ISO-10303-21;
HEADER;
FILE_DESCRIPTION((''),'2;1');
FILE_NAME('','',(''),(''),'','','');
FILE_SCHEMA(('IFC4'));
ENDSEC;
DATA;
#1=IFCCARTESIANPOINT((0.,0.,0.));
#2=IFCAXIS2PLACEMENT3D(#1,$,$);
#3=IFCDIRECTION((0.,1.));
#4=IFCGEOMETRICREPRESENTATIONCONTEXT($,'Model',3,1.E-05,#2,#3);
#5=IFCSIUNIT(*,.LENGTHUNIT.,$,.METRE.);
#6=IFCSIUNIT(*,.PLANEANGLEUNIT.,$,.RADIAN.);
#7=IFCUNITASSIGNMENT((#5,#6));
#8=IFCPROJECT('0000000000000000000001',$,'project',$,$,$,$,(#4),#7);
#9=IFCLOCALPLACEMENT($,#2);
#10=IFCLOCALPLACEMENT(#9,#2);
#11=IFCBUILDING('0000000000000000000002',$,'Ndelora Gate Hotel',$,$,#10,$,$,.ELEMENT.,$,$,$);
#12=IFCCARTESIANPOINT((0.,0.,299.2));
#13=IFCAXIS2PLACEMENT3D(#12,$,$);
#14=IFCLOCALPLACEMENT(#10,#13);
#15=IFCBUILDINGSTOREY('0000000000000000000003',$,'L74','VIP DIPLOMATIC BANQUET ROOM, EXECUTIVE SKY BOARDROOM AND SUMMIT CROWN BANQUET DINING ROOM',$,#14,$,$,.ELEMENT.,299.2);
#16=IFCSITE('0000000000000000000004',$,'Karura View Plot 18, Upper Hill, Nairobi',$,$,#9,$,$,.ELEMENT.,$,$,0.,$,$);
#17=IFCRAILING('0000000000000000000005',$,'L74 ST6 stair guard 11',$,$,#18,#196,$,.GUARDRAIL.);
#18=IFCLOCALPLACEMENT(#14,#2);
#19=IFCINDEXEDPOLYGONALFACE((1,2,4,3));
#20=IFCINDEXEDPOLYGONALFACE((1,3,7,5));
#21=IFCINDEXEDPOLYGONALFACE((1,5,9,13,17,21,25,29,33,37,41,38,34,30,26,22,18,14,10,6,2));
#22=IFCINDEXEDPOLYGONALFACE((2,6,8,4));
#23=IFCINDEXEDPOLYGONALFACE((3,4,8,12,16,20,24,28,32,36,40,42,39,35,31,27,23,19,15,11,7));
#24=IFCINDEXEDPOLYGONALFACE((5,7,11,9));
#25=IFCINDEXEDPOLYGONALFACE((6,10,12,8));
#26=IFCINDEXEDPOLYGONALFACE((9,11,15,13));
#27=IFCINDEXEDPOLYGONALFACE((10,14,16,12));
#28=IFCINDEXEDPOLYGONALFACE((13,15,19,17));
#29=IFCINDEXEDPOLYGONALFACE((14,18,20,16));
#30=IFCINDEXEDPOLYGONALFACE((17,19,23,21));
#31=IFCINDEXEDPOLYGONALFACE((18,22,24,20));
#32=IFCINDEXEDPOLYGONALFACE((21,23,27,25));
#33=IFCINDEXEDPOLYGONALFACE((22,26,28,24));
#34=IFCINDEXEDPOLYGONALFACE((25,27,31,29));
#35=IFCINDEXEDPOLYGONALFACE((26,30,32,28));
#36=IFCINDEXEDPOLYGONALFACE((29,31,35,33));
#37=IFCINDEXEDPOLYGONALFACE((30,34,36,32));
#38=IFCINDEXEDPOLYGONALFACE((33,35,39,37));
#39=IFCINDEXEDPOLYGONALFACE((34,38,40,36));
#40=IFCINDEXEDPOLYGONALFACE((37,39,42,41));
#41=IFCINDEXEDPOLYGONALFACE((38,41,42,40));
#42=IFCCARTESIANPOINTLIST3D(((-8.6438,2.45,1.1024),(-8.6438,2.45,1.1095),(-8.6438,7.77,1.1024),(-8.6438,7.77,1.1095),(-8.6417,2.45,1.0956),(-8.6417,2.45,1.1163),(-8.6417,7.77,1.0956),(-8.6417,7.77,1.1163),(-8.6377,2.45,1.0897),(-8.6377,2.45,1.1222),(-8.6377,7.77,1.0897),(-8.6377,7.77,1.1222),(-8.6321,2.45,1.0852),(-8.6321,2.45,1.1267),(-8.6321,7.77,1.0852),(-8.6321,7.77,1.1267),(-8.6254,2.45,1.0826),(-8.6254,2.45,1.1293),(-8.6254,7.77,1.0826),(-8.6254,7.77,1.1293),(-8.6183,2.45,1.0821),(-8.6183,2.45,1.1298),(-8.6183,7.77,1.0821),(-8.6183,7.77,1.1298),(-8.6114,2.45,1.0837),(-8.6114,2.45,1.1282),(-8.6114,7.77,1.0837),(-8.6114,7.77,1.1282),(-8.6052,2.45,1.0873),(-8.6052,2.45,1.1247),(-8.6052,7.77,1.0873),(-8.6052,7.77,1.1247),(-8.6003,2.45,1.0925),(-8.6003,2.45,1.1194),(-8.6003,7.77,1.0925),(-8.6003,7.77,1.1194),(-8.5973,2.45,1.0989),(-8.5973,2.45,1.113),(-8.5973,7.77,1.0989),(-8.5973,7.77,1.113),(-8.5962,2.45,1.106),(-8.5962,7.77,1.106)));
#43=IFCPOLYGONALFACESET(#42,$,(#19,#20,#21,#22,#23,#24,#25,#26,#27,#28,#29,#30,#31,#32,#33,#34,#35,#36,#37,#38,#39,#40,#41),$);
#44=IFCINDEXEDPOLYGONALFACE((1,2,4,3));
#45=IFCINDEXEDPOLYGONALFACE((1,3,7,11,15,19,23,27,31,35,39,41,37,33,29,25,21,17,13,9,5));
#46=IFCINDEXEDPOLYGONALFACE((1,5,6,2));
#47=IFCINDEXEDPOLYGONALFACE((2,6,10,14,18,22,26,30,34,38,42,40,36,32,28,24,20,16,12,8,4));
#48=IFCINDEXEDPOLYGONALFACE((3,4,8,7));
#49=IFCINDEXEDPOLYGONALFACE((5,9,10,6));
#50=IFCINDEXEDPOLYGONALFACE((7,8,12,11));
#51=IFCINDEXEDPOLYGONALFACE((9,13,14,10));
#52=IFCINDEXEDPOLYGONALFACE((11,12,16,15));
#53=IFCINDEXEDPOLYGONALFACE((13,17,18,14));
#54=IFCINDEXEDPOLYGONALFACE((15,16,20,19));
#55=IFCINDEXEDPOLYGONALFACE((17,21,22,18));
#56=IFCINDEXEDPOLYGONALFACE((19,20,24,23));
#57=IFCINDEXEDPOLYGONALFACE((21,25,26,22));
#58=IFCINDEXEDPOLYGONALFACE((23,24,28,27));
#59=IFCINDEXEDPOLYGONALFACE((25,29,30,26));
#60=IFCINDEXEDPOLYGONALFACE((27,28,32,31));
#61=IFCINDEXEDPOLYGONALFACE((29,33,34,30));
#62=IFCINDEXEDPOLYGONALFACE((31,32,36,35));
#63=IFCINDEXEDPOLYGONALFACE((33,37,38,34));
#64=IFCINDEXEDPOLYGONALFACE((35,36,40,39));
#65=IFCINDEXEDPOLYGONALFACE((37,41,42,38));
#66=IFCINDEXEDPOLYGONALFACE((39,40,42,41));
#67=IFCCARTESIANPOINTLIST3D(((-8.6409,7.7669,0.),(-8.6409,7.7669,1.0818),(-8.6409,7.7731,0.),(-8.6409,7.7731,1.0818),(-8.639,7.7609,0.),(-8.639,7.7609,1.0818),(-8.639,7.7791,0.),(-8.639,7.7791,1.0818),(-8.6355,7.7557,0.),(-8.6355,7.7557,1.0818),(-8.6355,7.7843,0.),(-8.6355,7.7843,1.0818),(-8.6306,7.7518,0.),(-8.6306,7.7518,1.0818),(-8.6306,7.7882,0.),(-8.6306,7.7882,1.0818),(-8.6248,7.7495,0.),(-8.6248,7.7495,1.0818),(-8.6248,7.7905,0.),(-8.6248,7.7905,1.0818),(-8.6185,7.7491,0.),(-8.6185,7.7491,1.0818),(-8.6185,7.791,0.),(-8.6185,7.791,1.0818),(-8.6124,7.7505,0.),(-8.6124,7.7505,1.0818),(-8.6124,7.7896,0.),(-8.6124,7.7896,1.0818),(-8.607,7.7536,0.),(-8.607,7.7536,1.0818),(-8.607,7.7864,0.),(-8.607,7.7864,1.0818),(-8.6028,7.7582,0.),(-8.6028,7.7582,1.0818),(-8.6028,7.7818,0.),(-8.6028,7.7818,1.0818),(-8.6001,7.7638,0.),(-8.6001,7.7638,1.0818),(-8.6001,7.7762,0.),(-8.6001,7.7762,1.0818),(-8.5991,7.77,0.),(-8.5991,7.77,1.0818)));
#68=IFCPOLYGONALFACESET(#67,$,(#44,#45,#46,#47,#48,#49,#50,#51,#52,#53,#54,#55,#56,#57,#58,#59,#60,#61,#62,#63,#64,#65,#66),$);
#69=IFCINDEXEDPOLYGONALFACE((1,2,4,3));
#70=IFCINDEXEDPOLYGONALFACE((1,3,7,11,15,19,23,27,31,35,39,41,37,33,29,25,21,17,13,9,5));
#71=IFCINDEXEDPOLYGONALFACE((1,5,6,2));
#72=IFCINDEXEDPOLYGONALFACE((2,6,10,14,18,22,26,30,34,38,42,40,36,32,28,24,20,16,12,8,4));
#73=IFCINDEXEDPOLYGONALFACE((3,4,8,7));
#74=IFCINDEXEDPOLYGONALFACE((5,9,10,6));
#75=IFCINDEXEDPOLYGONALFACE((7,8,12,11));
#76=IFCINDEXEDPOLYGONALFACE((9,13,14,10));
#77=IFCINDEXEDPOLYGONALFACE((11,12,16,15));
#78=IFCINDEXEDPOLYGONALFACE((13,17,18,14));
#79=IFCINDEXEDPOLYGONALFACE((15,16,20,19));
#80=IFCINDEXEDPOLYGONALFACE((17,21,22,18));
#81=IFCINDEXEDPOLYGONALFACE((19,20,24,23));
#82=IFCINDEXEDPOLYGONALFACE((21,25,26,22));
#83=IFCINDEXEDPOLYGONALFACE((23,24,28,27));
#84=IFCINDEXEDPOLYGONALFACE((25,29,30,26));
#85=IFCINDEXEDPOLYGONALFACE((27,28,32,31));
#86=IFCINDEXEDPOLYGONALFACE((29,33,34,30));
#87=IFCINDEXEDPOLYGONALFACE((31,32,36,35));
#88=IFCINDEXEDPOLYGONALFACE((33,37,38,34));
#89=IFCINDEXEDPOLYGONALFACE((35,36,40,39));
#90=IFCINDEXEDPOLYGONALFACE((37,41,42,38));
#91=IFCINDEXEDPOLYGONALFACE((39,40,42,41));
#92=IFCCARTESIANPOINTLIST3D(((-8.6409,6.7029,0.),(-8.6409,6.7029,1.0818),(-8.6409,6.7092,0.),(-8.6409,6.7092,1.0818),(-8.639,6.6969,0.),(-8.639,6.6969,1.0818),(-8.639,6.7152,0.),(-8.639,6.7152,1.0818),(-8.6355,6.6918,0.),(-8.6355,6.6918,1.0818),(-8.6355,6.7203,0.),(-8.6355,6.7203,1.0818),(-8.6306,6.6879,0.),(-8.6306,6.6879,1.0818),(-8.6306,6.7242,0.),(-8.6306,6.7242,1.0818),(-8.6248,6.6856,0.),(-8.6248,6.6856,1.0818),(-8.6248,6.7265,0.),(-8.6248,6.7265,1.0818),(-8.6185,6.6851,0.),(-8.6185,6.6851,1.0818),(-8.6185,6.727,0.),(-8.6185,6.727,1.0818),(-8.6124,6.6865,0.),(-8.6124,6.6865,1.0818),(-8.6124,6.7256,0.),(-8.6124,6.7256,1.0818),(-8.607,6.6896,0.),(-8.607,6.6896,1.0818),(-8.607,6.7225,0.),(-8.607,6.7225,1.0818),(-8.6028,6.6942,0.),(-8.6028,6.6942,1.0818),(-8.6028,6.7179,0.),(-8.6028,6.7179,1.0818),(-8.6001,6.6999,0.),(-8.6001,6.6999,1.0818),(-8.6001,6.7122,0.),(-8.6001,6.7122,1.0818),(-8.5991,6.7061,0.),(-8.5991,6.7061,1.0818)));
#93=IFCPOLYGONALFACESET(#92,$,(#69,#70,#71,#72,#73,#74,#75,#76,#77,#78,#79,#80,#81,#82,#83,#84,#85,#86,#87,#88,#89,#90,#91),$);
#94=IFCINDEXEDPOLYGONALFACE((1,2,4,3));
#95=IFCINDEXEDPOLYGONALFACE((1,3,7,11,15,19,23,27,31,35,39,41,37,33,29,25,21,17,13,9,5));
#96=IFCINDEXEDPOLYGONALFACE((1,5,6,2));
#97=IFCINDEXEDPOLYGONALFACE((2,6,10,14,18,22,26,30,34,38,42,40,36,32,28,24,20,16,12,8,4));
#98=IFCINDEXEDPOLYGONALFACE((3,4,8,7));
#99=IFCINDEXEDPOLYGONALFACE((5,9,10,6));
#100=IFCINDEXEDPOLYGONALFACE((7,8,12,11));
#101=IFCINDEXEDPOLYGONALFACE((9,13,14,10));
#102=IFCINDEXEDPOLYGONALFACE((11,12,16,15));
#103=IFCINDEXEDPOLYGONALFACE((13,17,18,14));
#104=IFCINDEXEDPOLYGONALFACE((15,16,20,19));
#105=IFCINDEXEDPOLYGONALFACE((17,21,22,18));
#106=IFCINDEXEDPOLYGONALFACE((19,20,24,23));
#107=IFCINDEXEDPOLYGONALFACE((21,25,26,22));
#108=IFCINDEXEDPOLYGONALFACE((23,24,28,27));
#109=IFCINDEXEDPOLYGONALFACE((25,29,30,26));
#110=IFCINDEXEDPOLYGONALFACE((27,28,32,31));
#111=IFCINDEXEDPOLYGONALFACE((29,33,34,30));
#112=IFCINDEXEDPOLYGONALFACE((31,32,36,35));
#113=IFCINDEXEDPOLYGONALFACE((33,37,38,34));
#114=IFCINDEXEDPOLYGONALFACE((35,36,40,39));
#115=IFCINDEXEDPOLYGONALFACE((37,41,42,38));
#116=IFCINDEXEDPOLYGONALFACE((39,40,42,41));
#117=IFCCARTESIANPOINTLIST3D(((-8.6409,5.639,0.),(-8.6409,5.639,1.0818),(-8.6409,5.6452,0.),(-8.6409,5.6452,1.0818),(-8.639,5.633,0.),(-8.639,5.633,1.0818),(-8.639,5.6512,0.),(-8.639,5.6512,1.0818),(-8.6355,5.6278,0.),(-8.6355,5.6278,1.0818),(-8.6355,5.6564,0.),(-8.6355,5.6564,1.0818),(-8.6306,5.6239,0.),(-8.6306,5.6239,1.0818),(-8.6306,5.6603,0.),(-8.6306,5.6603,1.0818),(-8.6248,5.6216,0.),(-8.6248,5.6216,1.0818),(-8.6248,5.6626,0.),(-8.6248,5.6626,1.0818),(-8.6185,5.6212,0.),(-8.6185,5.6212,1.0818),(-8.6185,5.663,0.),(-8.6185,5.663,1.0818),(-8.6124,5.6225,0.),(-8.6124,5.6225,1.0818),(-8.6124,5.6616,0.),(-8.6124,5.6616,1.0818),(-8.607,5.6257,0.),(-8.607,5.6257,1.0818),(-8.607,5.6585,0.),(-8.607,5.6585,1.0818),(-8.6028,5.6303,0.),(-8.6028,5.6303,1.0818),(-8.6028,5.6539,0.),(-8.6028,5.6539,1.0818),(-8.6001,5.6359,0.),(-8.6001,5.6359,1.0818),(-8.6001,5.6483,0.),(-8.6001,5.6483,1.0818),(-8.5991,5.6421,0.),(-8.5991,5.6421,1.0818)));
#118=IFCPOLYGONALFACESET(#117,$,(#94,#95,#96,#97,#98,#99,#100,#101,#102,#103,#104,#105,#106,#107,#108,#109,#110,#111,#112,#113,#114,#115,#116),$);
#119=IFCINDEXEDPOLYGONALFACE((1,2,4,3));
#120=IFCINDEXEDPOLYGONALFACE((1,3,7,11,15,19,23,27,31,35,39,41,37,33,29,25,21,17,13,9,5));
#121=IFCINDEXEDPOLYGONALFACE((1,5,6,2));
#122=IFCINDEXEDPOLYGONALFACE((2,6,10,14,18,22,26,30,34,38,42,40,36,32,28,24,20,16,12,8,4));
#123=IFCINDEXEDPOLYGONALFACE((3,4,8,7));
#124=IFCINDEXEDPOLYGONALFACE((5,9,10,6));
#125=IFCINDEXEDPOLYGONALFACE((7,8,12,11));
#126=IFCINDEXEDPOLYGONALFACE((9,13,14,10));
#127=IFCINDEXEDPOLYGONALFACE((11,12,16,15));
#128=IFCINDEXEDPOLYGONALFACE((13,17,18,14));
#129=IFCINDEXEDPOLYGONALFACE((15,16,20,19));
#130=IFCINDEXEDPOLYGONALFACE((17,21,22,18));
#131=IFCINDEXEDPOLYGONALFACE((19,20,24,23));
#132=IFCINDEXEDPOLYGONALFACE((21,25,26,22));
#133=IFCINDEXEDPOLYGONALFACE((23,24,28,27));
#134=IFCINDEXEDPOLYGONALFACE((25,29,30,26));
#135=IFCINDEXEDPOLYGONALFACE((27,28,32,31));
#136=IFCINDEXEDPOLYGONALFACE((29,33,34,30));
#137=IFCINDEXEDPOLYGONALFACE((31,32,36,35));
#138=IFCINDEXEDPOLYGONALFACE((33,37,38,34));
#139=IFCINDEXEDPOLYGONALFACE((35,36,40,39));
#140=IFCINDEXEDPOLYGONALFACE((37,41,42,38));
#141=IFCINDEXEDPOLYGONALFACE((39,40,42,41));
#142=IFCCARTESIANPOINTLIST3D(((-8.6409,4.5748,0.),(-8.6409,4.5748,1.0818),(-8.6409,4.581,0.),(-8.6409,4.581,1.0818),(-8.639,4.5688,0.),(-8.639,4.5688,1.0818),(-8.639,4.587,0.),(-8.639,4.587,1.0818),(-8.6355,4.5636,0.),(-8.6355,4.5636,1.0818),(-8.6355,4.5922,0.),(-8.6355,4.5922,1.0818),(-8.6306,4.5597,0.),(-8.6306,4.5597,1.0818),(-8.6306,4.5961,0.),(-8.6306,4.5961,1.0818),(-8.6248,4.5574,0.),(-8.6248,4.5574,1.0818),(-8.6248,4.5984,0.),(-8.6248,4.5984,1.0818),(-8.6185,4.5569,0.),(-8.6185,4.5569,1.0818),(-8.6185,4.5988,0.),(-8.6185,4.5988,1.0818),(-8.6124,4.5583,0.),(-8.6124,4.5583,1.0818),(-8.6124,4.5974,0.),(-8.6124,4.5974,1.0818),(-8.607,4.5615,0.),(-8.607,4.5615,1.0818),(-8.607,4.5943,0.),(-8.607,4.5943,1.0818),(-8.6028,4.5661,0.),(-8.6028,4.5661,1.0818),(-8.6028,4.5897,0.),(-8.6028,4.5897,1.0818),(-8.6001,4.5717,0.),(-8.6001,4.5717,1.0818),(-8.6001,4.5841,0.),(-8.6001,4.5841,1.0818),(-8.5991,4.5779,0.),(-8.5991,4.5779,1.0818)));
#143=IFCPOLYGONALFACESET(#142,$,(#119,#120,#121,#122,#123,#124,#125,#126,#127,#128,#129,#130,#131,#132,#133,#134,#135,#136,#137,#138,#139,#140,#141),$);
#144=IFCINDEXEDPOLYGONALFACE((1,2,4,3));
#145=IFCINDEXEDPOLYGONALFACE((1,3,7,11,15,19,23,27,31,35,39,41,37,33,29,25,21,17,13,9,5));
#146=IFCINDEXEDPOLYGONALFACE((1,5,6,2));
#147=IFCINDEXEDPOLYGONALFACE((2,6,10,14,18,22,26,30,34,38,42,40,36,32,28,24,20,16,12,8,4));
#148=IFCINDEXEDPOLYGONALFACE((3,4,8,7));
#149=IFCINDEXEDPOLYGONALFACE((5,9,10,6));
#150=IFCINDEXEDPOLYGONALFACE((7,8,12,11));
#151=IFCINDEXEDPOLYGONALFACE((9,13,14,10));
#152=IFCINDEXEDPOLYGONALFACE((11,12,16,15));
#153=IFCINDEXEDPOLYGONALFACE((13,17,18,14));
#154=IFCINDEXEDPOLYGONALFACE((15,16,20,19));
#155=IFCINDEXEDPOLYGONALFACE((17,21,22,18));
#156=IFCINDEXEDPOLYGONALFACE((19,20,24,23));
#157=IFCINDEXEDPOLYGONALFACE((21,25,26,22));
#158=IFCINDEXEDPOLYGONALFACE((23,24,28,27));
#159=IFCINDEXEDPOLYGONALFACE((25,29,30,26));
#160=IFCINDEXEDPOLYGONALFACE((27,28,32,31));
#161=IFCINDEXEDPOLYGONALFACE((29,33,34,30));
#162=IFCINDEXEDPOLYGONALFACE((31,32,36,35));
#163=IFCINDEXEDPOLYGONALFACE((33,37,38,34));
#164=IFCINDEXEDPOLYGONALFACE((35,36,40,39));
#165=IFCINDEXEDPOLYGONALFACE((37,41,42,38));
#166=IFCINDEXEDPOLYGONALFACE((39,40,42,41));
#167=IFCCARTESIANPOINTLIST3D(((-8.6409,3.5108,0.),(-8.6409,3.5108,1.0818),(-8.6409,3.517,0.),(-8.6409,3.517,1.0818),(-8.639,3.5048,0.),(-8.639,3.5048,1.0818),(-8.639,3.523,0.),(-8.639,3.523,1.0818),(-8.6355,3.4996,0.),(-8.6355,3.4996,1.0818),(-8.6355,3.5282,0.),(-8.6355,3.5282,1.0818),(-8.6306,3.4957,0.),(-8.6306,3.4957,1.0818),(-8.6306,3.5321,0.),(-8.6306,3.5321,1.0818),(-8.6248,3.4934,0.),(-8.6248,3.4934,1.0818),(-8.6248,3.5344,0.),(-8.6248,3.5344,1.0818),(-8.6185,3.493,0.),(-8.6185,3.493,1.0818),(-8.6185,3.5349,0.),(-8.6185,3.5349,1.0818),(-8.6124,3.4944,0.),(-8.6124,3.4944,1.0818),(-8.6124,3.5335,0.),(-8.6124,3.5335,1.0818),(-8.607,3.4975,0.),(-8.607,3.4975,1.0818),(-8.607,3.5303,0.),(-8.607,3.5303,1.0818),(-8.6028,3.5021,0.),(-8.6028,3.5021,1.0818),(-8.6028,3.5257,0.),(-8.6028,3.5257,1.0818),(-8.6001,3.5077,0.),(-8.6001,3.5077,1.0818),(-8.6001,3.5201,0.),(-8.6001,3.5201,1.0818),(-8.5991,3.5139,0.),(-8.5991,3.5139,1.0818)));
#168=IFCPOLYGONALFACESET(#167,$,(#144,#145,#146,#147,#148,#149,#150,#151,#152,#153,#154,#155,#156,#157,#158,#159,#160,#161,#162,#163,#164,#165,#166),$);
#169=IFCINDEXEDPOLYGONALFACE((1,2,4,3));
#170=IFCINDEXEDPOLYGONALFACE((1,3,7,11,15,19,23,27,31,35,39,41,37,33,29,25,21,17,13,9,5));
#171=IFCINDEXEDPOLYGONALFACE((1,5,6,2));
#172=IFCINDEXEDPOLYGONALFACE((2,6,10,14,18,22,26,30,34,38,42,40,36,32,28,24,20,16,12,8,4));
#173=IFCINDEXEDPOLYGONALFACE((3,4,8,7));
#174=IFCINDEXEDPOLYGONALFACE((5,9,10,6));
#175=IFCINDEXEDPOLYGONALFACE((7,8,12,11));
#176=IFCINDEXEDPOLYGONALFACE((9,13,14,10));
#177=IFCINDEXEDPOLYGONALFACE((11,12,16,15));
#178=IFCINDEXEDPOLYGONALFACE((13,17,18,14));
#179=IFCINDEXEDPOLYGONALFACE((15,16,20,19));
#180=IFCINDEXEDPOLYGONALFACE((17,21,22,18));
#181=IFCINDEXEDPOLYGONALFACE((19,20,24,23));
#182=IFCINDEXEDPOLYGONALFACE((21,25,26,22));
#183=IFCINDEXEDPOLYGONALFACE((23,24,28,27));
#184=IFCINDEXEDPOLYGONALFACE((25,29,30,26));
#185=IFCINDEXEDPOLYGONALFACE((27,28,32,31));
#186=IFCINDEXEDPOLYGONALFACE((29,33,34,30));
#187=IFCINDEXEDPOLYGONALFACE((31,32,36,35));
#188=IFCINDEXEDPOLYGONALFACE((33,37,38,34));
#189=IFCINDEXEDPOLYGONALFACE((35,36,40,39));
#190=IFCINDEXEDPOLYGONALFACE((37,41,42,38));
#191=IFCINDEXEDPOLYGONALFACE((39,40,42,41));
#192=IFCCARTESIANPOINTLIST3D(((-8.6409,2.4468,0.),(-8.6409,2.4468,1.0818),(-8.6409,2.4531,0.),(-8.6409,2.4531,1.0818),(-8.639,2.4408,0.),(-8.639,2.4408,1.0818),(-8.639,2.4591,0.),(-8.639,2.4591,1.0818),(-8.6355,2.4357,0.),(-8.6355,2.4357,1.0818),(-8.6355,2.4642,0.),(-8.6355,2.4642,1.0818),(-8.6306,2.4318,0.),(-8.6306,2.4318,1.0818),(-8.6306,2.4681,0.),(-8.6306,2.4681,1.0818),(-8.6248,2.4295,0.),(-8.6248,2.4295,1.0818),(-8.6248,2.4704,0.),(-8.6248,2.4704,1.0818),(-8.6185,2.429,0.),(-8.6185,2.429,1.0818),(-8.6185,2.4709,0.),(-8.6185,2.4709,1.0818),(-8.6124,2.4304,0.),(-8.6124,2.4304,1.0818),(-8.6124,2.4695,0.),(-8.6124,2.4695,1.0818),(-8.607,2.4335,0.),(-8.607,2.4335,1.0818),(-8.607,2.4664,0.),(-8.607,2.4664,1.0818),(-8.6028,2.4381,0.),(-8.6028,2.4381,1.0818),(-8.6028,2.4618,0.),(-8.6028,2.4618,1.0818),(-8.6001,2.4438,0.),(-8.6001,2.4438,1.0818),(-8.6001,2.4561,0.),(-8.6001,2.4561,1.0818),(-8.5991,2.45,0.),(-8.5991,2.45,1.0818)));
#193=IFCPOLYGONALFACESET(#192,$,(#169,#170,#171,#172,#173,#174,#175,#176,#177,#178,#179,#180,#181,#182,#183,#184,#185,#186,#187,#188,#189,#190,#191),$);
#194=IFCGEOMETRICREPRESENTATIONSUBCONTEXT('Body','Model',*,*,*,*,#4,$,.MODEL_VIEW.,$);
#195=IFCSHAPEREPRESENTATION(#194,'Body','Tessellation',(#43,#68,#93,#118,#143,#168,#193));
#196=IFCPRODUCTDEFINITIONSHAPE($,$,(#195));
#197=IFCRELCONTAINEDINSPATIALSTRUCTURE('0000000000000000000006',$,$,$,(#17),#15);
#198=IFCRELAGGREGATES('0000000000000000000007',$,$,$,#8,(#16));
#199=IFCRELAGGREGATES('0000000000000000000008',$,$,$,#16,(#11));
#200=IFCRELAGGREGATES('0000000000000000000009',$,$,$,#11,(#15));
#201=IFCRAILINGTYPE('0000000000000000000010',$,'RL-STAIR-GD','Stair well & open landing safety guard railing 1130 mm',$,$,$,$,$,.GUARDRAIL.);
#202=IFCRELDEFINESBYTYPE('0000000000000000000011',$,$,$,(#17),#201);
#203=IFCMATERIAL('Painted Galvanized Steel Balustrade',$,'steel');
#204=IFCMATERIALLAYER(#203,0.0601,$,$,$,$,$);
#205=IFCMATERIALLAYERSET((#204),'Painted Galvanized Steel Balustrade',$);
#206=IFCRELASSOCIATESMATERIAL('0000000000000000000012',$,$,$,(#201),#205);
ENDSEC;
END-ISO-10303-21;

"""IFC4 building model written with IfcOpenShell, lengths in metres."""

from ifc_helpers import new_model, si_unit, direction, frame, origin, origin_2d, place, context, subcontext, project, spatial, circle, extrude, material, layer, layer_set, type_object, element, save


model = new_model("IFC4")

# Units and contexts
model_context = context("Model", 3, precision=1e-05, world=origin(), true_north=direction((0.0, 1.0)))
body_context = subcontext(model_context, "Body", "Model", "MODEL_VIEW")
ifc_project = project(units=[si_unit("LENGTHUNIT", "METRE"), si_unit("PLANEANGLEUNIT", "RADIAN")], contexts=[model_context])

# Site, building, storey
site_placement = place(None, origin())
site = spatial("IfcSite", under=ifc_project, at=site_placement, Name="Karura View Plot 18, Upper Hill, Nairobi", CompositionType="ELEMENT", RefElevation=0.0)
building_placement = place(site_placement, origin())
building = spatial("IfcBuilding", under=site, at=building_placement, Name="Ndelora Gate Hotel", CompositionType="ELEMENT")
storey_placement = place(building_placement, frame((0.0, 0.0, 299.2)))
storey = spatial("IfcBuildingStorey", under=building, at=storey_placement, Name="L74", Description="VIP DIPLOMATIC BANQUET ROOM, EXECUTIVE SKY BOARDROOM AND SUMMIT CROWN BANQUET DINING ROOM", CompositionType="ELEMENT", Elevation=299.2)

# Railing
ifc_material_1 = material(Name="Painted Galvanized Steel Balustrade", Category="steel")
ifc_layer_1 = layer(ifc_material_1, 0.0601)
ifc_layer_set_1 = layer_set([ifc_layer_1], Name="Painted Galvanized Steel Balustrade")
railing_type_1 = type_object("IfcRailingType", Name="RL-STAIR-GD", Description="Stair well & open landing safety guard railing 1130 mm", PredefinedType="GUARDRAIL", material=ifc_layer_set_1)
for number, where, name in (
    (1, (-8.6201, 7.77, 0.0), "L74 ST6 stair guard 11"),
):
    element("IfcRailing", number, at=place(storey_placement, frame(where)), inside=storey, type_object=railing_type_1, Name=name, PredefinedType="GUARDRAIL", context=body_context, shape_type="SweptSolid", body=[
        extrude(circle(Radius=0.0239, at=origin_2d()), frame((0.0, 0.0, 1.106), z_axis=(0.0, -1.0, 0.0), x_axis=(1.0, 0.0, 0.0)), (0.0, 0.0, 1.0), 5.3201),
        extrude(circle(Radius=0.021, at=origin_2d()), origin(), (0.0, 0.0, 1.0), 1.0818),
        extrude(circle(Radius=0.021, at=origin_2d()), frame((0.0, -1.064, 0.0)), (0.0, 0.0, 1.0), 1.0818),
        extrude(circle(Radius=0.021, at=origin_2d()), frame((0.0, -2.1279, 0.0)), (0.0, 0.0, 1.0), 1.0818),
        extrude(circle(Radius=0.021, at=origin_2d()), frame((0.0, -3.1921, 0.0)), (0.0, 0.0, 1.0), 1.0818),
        extrude(circle(Radius=0.021, at=origin_2d()), frame((0.0, -4.2561, 0.0)), (0.0, 0.0, 1.0), 1.0818),
        extrude(circle(Radius=0.021, at=origin_2d()), frame((0.0, -5.3201, 0.0)), (0.0, 0.0, 1.0), 1.0818),
    ])

save(model, "model.ifc")
